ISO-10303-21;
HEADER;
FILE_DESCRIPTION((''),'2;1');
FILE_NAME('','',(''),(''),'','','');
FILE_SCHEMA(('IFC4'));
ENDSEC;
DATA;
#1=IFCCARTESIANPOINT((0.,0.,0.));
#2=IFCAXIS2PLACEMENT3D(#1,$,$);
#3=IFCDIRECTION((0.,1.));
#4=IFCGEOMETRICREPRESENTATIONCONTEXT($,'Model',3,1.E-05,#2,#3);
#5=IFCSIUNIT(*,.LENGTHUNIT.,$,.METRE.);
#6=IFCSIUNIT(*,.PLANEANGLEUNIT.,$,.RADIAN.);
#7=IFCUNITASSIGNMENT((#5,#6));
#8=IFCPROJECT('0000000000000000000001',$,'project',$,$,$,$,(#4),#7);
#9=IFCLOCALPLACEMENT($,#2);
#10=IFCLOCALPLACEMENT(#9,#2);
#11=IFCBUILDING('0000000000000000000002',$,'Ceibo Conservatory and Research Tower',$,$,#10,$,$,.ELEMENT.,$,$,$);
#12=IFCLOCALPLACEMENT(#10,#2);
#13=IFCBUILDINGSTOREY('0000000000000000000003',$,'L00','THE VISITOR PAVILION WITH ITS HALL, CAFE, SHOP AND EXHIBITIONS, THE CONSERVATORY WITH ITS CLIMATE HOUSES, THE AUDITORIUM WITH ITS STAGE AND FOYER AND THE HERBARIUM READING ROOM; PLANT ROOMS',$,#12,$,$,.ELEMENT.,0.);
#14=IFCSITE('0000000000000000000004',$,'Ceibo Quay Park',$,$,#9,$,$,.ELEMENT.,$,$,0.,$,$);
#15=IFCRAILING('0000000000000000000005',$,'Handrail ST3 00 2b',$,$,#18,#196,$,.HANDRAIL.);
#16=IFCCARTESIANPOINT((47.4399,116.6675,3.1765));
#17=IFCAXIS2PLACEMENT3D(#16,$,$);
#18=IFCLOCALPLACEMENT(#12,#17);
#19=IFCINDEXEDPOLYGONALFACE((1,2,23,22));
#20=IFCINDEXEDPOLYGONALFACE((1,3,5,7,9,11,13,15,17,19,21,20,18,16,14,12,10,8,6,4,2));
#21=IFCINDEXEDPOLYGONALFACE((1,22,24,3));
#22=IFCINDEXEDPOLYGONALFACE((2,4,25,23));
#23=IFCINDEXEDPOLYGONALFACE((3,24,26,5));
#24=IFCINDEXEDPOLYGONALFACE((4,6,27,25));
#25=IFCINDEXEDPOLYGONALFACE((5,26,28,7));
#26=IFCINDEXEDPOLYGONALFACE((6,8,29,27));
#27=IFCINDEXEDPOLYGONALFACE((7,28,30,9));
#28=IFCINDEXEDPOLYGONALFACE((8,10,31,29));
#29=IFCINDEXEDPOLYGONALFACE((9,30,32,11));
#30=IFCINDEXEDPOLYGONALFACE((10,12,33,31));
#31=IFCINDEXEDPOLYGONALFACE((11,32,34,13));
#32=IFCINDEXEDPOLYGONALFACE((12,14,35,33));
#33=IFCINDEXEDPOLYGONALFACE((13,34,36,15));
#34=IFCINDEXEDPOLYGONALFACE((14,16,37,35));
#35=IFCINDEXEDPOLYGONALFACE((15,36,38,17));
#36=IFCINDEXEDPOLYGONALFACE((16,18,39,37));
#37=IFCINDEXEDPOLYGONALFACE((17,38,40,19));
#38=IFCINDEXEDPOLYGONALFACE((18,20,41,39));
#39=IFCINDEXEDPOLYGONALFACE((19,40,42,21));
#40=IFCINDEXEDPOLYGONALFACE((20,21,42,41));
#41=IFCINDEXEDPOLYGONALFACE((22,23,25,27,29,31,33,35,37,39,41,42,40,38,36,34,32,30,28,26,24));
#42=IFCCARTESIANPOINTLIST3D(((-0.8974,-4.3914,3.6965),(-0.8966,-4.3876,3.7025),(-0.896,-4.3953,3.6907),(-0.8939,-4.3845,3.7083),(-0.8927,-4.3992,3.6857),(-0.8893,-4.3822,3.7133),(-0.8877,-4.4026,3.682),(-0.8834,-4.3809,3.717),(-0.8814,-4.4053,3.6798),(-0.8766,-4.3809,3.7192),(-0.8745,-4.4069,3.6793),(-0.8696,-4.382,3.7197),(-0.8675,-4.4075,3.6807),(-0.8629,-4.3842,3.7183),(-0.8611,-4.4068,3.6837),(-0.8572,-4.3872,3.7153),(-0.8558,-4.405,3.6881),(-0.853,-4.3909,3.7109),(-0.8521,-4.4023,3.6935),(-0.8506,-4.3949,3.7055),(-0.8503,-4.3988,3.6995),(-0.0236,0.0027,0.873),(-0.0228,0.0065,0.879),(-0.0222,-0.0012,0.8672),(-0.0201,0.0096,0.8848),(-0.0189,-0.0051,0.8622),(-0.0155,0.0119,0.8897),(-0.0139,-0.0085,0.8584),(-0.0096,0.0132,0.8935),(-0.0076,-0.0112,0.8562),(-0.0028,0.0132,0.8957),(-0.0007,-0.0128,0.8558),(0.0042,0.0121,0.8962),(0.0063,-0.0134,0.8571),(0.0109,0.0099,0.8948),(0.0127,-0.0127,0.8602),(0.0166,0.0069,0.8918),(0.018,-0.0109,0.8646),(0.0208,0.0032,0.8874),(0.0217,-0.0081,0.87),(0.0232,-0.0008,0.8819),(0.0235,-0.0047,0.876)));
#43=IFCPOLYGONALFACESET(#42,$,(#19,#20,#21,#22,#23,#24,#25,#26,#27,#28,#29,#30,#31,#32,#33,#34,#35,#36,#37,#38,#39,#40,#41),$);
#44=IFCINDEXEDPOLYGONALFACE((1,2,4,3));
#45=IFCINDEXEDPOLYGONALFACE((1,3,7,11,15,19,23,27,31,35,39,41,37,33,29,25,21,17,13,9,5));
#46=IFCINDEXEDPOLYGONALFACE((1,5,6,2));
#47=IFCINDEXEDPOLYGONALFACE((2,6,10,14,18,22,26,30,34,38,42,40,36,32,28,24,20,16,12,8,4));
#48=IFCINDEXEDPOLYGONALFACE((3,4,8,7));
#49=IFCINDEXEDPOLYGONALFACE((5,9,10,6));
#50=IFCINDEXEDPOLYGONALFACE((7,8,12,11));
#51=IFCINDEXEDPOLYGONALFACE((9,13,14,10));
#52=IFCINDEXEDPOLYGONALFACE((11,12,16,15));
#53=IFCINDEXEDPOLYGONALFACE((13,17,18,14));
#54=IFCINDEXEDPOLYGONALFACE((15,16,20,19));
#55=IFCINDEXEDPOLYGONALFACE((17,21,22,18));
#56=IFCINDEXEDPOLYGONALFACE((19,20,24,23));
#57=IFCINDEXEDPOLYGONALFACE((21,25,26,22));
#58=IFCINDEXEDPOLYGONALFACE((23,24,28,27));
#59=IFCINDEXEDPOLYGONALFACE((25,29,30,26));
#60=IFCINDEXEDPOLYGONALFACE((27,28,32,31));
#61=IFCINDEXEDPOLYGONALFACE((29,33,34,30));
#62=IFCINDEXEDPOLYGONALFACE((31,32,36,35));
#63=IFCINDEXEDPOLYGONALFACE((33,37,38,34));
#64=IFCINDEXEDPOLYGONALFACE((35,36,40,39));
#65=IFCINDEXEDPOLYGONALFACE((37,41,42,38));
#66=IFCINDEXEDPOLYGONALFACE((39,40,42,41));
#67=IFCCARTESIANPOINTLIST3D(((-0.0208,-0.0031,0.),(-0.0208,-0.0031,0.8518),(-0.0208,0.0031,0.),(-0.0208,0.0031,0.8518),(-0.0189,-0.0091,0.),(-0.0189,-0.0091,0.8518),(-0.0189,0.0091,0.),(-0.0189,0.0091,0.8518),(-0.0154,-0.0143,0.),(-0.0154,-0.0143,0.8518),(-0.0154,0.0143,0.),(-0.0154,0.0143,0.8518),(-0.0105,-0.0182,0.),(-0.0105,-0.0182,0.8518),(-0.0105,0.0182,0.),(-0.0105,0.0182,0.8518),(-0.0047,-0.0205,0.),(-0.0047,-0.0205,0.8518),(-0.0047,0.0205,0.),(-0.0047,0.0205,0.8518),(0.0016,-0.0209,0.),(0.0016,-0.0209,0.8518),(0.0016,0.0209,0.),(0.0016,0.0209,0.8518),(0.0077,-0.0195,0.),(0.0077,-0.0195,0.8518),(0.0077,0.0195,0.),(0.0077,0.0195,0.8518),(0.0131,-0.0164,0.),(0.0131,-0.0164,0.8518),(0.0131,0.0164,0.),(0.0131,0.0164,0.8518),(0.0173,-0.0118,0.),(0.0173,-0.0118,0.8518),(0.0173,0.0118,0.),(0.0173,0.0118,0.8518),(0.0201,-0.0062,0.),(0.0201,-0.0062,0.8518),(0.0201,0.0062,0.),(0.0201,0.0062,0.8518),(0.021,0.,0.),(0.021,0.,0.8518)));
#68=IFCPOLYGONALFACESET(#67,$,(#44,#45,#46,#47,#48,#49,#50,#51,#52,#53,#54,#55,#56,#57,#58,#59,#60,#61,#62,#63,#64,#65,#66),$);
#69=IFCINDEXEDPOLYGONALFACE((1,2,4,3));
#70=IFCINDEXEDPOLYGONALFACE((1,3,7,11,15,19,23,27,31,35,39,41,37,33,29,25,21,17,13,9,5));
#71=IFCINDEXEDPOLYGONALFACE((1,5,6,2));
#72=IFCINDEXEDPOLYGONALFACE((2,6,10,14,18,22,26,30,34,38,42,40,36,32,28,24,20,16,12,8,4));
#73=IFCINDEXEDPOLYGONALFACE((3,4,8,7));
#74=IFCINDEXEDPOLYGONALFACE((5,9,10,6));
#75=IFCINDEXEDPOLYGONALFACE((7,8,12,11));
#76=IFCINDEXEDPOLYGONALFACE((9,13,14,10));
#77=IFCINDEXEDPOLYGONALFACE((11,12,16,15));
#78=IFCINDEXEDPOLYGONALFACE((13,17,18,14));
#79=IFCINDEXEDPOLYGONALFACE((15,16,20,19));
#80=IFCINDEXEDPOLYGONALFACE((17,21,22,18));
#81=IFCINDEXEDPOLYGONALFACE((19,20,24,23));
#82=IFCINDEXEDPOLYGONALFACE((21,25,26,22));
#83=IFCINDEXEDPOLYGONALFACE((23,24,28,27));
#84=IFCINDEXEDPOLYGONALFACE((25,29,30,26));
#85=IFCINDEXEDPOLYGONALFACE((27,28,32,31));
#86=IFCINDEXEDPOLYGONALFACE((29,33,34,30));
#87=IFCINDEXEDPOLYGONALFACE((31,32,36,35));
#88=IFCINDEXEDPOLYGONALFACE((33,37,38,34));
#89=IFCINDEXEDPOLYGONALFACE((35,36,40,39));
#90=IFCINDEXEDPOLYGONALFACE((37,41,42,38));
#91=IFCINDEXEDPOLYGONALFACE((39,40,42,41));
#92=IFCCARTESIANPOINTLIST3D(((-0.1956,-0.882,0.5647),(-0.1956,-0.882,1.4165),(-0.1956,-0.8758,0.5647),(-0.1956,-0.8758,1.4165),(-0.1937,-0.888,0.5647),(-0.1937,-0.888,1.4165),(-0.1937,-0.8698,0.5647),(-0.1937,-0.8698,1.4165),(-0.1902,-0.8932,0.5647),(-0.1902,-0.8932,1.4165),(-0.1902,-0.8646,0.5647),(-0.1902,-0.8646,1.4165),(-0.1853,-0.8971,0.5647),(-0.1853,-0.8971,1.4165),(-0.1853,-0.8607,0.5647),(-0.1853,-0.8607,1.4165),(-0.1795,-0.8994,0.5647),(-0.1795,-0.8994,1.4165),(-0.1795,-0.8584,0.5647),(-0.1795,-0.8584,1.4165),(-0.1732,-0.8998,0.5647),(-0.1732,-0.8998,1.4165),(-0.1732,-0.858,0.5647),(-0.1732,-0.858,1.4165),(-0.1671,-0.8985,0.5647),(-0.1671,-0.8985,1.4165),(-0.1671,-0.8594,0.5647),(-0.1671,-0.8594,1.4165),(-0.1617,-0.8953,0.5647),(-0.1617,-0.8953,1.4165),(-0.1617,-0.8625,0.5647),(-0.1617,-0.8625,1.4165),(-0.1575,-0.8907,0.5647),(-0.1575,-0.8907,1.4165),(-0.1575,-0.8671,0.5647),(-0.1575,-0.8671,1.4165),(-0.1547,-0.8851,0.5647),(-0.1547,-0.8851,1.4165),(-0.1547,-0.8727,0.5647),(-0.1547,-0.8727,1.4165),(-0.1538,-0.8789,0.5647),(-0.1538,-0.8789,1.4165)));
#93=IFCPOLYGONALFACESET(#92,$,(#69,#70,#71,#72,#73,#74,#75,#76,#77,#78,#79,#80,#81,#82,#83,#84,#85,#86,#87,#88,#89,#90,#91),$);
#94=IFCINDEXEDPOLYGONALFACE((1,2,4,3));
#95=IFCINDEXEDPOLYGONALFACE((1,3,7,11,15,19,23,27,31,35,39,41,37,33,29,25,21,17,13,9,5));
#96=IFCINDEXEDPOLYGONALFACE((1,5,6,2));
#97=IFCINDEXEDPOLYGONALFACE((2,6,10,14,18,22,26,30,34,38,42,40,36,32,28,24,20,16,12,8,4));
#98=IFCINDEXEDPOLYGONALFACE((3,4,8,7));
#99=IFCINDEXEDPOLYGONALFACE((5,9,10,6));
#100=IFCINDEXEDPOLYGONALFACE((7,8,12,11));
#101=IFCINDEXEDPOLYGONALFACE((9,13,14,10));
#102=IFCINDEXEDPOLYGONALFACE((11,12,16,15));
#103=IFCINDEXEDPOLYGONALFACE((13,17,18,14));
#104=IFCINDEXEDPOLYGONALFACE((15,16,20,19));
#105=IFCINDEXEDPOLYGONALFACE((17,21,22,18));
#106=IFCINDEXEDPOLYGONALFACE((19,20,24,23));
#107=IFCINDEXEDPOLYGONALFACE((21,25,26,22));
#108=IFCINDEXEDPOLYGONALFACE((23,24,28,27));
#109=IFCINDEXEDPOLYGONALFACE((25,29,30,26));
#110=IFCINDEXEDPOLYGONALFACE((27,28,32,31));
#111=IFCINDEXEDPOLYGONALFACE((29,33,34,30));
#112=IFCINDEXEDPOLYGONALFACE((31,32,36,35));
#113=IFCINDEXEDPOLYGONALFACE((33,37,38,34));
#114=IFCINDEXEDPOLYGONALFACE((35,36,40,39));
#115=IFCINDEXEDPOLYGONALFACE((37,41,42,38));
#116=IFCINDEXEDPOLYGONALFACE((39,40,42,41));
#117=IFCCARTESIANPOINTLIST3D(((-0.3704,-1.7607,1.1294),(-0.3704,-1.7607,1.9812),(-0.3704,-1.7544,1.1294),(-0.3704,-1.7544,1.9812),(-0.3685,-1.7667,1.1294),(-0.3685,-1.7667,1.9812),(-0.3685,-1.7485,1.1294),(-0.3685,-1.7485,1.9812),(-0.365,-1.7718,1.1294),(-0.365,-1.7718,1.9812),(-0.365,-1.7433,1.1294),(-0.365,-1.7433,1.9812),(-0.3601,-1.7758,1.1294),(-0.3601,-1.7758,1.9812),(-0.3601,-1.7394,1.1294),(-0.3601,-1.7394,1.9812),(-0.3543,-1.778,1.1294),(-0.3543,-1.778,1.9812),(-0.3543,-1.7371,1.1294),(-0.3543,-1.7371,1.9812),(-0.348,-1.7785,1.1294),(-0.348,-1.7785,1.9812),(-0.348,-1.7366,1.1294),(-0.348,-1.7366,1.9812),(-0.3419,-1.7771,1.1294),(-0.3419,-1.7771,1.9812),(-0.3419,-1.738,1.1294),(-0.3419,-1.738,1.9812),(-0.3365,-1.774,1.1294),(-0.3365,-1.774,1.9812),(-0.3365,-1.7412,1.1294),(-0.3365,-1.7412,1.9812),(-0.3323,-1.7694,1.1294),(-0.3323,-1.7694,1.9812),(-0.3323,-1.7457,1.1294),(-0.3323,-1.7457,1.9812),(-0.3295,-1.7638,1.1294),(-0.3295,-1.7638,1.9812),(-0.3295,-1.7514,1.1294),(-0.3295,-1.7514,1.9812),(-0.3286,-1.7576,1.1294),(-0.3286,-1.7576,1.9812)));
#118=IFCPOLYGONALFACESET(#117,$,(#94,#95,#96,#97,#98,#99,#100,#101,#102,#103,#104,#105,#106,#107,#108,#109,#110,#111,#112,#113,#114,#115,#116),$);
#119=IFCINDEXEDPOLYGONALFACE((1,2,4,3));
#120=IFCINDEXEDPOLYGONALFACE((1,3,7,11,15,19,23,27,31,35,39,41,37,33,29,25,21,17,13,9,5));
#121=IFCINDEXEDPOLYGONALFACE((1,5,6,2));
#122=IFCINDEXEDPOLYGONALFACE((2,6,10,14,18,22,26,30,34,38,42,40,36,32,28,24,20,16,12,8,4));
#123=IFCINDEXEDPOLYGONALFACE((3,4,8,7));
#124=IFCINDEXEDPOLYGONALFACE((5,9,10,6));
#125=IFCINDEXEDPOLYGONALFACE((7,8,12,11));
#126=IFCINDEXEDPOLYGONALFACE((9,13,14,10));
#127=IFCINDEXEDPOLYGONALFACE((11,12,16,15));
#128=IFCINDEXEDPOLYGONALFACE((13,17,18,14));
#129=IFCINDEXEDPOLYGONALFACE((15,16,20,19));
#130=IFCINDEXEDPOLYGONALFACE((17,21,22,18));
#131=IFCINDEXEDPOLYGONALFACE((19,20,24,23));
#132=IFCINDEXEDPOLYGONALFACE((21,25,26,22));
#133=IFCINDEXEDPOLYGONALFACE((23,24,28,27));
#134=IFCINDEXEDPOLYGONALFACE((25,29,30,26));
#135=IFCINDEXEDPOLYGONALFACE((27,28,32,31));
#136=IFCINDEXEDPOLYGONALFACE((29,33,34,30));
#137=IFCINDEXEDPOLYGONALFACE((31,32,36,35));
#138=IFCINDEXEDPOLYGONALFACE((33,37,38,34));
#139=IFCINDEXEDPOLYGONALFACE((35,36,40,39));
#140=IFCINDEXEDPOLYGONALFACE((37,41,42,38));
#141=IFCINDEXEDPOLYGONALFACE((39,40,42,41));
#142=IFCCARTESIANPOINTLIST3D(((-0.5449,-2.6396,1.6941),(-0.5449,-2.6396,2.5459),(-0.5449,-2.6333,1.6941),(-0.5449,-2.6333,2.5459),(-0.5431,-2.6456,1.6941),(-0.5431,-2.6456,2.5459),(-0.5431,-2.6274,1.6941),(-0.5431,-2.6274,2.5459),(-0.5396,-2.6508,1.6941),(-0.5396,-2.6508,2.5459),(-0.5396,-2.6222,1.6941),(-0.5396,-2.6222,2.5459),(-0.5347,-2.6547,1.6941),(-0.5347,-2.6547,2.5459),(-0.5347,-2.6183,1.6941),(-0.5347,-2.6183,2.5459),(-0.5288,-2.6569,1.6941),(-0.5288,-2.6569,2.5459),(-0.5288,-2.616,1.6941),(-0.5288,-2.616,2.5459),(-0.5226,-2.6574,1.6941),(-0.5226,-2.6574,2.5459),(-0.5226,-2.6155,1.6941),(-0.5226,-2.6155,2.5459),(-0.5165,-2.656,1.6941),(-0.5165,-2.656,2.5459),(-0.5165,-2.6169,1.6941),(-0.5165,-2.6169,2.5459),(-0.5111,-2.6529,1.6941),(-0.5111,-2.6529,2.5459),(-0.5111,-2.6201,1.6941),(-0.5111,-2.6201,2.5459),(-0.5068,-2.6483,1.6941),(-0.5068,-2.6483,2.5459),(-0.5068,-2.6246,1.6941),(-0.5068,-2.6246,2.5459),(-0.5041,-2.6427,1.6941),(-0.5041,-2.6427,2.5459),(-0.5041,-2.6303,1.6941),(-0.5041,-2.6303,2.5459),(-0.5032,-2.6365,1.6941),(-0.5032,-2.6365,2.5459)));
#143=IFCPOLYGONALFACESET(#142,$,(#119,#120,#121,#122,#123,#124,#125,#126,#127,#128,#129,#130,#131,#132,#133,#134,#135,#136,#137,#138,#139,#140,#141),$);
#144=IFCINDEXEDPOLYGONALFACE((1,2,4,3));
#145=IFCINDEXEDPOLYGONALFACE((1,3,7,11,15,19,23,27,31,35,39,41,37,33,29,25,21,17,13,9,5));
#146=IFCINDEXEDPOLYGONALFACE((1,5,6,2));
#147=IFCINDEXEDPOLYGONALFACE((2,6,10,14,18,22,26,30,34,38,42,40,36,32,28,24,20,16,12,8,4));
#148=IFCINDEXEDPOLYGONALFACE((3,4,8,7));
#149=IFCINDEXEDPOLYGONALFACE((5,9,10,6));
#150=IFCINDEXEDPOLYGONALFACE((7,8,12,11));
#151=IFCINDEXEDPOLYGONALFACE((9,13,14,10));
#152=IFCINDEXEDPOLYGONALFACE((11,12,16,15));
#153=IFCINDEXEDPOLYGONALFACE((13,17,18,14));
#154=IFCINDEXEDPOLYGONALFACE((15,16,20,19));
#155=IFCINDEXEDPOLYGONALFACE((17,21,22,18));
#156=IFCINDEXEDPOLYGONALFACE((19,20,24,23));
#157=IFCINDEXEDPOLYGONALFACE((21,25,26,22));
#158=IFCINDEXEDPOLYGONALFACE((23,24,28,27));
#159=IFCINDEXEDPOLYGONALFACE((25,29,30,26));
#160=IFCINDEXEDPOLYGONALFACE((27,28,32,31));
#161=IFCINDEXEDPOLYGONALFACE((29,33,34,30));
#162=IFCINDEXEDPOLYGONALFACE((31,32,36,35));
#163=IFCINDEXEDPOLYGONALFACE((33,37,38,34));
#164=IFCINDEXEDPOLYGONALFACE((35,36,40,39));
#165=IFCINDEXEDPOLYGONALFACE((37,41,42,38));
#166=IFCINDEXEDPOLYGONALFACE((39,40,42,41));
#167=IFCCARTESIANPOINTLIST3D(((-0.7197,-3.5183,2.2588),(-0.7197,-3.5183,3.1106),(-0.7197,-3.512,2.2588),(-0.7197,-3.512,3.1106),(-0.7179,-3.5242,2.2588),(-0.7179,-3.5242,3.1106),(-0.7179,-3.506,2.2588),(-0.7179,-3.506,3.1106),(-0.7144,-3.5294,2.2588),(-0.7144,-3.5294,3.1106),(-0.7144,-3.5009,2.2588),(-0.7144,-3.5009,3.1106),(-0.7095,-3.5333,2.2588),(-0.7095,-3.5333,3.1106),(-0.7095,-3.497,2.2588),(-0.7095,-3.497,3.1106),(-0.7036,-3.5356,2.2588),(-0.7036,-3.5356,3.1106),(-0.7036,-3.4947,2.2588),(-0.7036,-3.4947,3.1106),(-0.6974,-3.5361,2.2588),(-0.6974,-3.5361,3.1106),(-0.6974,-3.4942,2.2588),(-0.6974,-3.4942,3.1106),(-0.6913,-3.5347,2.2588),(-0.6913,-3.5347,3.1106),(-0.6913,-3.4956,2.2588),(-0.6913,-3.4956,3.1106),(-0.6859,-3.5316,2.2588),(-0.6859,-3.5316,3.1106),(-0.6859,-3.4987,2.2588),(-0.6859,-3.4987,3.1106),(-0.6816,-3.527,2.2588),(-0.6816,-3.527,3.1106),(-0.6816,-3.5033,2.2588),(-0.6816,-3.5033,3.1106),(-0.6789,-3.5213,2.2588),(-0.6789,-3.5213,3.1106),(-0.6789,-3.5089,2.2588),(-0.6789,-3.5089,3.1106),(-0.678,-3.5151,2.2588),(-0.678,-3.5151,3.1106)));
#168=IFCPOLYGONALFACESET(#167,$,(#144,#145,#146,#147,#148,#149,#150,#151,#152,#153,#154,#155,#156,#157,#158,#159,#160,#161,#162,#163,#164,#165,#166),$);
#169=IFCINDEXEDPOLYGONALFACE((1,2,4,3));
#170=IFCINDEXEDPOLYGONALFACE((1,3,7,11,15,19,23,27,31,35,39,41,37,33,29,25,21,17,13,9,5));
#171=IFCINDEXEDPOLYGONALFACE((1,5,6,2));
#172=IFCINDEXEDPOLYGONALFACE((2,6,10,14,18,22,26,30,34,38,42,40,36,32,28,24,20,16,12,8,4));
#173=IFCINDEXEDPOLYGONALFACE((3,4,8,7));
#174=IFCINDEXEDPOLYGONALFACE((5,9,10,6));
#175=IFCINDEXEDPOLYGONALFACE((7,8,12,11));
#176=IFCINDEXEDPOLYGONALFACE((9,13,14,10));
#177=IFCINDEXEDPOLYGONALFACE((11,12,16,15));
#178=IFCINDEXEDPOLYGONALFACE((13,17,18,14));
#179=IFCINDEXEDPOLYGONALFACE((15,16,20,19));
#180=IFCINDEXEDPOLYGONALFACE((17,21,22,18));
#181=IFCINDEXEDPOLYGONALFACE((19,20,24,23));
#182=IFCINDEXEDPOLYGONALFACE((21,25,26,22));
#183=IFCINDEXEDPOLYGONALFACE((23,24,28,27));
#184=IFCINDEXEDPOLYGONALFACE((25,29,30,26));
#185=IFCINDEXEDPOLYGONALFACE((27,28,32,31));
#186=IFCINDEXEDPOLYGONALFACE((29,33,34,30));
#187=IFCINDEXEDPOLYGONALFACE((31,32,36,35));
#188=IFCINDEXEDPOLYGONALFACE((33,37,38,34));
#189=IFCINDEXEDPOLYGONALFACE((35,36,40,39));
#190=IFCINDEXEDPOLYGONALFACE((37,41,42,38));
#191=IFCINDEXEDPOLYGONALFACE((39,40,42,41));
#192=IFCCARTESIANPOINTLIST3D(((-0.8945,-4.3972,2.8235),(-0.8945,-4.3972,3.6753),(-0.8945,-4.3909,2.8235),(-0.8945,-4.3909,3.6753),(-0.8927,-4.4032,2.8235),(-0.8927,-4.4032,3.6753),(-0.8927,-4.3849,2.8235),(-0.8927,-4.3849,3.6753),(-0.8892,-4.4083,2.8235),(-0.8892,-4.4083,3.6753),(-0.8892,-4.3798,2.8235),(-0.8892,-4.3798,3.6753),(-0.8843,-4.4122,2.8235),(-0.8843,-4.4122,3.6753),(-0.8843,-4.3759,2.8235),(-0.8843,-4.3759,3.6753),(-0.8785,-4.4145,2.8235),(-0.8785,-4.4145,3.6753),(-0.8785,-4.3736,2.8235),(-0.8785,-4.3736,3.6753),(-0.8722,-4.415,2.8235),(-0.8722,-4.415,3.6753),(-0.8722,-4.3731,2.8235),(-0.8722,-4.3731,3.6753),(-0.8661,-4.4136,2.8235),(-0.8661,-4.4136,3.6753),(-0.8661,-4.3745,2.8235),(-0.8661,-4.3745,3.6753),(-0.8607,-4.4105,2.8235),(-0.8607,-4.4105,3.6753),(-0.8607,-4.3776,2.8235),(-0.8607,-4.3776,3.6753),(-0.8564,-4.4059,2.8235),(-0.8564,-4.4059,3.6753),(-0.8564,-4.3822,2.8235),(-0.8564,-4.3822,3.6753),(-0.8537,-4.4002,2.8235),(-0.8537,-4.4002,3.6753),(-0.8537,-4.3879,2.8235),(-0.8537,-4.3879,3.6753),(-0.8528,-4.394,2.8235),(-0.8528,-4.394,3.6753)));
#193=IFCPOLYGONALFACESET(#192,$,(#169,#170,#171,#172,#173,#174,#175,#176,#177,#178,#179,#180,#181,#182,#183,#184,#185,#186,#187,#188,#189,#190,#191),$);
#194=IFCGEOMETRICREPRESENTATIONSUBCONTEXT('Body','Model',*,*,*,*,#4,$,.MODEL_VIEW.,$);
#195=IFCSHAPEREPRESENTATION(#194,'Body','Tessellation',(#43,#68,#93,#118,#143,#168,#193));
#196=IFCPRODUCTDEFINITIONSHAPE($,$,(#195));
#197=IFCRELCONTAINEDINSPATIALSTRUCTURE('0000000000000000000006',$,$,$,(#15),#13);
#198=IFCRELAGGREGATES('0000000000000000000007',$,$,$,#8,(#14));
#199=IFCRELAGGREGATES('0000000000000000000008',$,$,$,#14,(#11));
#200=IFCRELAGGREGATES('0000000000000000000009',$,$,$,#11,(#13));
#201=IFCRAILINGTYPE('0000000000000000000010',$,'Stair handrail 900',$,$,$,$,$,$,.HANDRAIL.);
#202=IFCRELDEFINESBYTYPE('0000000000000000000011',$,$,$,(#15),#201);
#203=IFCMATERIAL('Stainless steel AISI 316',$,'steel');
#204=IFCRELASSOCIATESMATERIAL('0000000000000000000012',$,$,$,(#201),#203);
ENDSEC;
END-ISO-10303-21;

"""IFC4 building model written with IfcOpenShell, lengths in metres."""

from ifc_helpers import new_model, si_unit, direction, frame, origin, origin_2d, place, context, subcontext, project, spatial, circle, extrude, material, type_object, element, save


model = new_model("IFC4")

# Units and contexts
model_context = context("Model", 3, precision=1e-05, world=origin(), true_north=direction((0.0, 1.0)))
body_context = subcontext(model_context, "Body", "Model", "MODEL_VIEW")
ifc_project = project(units=[si_unit("LENGTHUNIT", "METRE"), si_unit("PLANEANGLEUNIT", "RADIAN")], contexts=[model_context])

# Site, building, storey
site_placement = place(None, origin())
site = spatial("IfcSite", under=ifc_project, at=site_placement, Name="Ceibo Quay Park", CompositionType="ELEMENT", RefElevation=0.0)
building_placement = place(site_placement, origin())
building = spatial("IfcBuilding", under=site, at=building_placement, Name="Ceibo Conservatory and Research Tower", CompositionType="ELEMENT")
storey_placement = place(building_placement, origin())
storey = spatial("IfcBuildingStorey", under=building, at=storey_placement, Name="L00", Description="THE VISITOR PAVILION WITH ITS HALL, CAFE, SHOP AND EXHIBITIONS, THE CONSERVATORY WITH ITS CLIMATE HOUSES, THE AUDITORIUM WITH ITS STAGE AND FOYER AND THE HERBARIUM READING ROOM; PLANT ROOMS", CompositionType="ELEMENT", Elevation=0.0)

# Shared definitions
ifc_material_1 = material(Name="Stainless steel AISI 316", Category="steel")

# Railing
railing_type = type_object("IfcRailingType", Name="Stair handrail 900", PredefinedType="HANDRAIL", material=ifc_material_1)
railing_1_placement = place(storey_placement, frame((47.4399, 116.6675, 3.1765)))
element("IfcRailing", 1, at=railing_1_placement, inside=storey, type_object=railing_type, Name="Handrail ST3 00 2b", PredefinedType="HANDRAIL", context=body_context, shape_type="SweptSolid", body=[
    extrude(circle(Radius=0.0239, at=origin_2d()), frame((0.0, 0.0, 0.876), z_axis=(-0.165002, -0.829757, 0.533178), x_axis=(0.980796, -0.195037, 0.0)), (0.0, 0.0, 1.0), 5.2957),
    extrude(circle(Radius=0.021, at=origin_2d()), origin(), (0.0, 0.0, 1.0), 0.8518),
    extrude(circle(Radius=0.021, at=origin_2d()), frame((-0.1748, -0.8789, 0.5647)), (0.0, 0.0, 1.0), 0.8518),
    extrude(circle(Radius=0.021, at=origin_2d()), frame((-0.3496, -1.7576, 1.1294)), (0.0, 0.0, 1.0), 0.8518),
    extrude(circle(Radius=0.021, at=origin_2d()), frame((-0.5242, -2.6365, 1.6941)), (0.0, 0.0, 1.0), 0.8518),
    extrude(circle(Radius=0.021, at=origin_2d()), frame((-0.699, -3.5151, 2.2588)), (0.0, 0.0, 1.0), 0.8518),
    extrude(circle(Radius=0.021, at=origin_2d()), frame((-0.8738, -4.394, 2.8235)), (0.0, 0.0, 1.0), 0.8518),
])

save(model, "model.ifc")
